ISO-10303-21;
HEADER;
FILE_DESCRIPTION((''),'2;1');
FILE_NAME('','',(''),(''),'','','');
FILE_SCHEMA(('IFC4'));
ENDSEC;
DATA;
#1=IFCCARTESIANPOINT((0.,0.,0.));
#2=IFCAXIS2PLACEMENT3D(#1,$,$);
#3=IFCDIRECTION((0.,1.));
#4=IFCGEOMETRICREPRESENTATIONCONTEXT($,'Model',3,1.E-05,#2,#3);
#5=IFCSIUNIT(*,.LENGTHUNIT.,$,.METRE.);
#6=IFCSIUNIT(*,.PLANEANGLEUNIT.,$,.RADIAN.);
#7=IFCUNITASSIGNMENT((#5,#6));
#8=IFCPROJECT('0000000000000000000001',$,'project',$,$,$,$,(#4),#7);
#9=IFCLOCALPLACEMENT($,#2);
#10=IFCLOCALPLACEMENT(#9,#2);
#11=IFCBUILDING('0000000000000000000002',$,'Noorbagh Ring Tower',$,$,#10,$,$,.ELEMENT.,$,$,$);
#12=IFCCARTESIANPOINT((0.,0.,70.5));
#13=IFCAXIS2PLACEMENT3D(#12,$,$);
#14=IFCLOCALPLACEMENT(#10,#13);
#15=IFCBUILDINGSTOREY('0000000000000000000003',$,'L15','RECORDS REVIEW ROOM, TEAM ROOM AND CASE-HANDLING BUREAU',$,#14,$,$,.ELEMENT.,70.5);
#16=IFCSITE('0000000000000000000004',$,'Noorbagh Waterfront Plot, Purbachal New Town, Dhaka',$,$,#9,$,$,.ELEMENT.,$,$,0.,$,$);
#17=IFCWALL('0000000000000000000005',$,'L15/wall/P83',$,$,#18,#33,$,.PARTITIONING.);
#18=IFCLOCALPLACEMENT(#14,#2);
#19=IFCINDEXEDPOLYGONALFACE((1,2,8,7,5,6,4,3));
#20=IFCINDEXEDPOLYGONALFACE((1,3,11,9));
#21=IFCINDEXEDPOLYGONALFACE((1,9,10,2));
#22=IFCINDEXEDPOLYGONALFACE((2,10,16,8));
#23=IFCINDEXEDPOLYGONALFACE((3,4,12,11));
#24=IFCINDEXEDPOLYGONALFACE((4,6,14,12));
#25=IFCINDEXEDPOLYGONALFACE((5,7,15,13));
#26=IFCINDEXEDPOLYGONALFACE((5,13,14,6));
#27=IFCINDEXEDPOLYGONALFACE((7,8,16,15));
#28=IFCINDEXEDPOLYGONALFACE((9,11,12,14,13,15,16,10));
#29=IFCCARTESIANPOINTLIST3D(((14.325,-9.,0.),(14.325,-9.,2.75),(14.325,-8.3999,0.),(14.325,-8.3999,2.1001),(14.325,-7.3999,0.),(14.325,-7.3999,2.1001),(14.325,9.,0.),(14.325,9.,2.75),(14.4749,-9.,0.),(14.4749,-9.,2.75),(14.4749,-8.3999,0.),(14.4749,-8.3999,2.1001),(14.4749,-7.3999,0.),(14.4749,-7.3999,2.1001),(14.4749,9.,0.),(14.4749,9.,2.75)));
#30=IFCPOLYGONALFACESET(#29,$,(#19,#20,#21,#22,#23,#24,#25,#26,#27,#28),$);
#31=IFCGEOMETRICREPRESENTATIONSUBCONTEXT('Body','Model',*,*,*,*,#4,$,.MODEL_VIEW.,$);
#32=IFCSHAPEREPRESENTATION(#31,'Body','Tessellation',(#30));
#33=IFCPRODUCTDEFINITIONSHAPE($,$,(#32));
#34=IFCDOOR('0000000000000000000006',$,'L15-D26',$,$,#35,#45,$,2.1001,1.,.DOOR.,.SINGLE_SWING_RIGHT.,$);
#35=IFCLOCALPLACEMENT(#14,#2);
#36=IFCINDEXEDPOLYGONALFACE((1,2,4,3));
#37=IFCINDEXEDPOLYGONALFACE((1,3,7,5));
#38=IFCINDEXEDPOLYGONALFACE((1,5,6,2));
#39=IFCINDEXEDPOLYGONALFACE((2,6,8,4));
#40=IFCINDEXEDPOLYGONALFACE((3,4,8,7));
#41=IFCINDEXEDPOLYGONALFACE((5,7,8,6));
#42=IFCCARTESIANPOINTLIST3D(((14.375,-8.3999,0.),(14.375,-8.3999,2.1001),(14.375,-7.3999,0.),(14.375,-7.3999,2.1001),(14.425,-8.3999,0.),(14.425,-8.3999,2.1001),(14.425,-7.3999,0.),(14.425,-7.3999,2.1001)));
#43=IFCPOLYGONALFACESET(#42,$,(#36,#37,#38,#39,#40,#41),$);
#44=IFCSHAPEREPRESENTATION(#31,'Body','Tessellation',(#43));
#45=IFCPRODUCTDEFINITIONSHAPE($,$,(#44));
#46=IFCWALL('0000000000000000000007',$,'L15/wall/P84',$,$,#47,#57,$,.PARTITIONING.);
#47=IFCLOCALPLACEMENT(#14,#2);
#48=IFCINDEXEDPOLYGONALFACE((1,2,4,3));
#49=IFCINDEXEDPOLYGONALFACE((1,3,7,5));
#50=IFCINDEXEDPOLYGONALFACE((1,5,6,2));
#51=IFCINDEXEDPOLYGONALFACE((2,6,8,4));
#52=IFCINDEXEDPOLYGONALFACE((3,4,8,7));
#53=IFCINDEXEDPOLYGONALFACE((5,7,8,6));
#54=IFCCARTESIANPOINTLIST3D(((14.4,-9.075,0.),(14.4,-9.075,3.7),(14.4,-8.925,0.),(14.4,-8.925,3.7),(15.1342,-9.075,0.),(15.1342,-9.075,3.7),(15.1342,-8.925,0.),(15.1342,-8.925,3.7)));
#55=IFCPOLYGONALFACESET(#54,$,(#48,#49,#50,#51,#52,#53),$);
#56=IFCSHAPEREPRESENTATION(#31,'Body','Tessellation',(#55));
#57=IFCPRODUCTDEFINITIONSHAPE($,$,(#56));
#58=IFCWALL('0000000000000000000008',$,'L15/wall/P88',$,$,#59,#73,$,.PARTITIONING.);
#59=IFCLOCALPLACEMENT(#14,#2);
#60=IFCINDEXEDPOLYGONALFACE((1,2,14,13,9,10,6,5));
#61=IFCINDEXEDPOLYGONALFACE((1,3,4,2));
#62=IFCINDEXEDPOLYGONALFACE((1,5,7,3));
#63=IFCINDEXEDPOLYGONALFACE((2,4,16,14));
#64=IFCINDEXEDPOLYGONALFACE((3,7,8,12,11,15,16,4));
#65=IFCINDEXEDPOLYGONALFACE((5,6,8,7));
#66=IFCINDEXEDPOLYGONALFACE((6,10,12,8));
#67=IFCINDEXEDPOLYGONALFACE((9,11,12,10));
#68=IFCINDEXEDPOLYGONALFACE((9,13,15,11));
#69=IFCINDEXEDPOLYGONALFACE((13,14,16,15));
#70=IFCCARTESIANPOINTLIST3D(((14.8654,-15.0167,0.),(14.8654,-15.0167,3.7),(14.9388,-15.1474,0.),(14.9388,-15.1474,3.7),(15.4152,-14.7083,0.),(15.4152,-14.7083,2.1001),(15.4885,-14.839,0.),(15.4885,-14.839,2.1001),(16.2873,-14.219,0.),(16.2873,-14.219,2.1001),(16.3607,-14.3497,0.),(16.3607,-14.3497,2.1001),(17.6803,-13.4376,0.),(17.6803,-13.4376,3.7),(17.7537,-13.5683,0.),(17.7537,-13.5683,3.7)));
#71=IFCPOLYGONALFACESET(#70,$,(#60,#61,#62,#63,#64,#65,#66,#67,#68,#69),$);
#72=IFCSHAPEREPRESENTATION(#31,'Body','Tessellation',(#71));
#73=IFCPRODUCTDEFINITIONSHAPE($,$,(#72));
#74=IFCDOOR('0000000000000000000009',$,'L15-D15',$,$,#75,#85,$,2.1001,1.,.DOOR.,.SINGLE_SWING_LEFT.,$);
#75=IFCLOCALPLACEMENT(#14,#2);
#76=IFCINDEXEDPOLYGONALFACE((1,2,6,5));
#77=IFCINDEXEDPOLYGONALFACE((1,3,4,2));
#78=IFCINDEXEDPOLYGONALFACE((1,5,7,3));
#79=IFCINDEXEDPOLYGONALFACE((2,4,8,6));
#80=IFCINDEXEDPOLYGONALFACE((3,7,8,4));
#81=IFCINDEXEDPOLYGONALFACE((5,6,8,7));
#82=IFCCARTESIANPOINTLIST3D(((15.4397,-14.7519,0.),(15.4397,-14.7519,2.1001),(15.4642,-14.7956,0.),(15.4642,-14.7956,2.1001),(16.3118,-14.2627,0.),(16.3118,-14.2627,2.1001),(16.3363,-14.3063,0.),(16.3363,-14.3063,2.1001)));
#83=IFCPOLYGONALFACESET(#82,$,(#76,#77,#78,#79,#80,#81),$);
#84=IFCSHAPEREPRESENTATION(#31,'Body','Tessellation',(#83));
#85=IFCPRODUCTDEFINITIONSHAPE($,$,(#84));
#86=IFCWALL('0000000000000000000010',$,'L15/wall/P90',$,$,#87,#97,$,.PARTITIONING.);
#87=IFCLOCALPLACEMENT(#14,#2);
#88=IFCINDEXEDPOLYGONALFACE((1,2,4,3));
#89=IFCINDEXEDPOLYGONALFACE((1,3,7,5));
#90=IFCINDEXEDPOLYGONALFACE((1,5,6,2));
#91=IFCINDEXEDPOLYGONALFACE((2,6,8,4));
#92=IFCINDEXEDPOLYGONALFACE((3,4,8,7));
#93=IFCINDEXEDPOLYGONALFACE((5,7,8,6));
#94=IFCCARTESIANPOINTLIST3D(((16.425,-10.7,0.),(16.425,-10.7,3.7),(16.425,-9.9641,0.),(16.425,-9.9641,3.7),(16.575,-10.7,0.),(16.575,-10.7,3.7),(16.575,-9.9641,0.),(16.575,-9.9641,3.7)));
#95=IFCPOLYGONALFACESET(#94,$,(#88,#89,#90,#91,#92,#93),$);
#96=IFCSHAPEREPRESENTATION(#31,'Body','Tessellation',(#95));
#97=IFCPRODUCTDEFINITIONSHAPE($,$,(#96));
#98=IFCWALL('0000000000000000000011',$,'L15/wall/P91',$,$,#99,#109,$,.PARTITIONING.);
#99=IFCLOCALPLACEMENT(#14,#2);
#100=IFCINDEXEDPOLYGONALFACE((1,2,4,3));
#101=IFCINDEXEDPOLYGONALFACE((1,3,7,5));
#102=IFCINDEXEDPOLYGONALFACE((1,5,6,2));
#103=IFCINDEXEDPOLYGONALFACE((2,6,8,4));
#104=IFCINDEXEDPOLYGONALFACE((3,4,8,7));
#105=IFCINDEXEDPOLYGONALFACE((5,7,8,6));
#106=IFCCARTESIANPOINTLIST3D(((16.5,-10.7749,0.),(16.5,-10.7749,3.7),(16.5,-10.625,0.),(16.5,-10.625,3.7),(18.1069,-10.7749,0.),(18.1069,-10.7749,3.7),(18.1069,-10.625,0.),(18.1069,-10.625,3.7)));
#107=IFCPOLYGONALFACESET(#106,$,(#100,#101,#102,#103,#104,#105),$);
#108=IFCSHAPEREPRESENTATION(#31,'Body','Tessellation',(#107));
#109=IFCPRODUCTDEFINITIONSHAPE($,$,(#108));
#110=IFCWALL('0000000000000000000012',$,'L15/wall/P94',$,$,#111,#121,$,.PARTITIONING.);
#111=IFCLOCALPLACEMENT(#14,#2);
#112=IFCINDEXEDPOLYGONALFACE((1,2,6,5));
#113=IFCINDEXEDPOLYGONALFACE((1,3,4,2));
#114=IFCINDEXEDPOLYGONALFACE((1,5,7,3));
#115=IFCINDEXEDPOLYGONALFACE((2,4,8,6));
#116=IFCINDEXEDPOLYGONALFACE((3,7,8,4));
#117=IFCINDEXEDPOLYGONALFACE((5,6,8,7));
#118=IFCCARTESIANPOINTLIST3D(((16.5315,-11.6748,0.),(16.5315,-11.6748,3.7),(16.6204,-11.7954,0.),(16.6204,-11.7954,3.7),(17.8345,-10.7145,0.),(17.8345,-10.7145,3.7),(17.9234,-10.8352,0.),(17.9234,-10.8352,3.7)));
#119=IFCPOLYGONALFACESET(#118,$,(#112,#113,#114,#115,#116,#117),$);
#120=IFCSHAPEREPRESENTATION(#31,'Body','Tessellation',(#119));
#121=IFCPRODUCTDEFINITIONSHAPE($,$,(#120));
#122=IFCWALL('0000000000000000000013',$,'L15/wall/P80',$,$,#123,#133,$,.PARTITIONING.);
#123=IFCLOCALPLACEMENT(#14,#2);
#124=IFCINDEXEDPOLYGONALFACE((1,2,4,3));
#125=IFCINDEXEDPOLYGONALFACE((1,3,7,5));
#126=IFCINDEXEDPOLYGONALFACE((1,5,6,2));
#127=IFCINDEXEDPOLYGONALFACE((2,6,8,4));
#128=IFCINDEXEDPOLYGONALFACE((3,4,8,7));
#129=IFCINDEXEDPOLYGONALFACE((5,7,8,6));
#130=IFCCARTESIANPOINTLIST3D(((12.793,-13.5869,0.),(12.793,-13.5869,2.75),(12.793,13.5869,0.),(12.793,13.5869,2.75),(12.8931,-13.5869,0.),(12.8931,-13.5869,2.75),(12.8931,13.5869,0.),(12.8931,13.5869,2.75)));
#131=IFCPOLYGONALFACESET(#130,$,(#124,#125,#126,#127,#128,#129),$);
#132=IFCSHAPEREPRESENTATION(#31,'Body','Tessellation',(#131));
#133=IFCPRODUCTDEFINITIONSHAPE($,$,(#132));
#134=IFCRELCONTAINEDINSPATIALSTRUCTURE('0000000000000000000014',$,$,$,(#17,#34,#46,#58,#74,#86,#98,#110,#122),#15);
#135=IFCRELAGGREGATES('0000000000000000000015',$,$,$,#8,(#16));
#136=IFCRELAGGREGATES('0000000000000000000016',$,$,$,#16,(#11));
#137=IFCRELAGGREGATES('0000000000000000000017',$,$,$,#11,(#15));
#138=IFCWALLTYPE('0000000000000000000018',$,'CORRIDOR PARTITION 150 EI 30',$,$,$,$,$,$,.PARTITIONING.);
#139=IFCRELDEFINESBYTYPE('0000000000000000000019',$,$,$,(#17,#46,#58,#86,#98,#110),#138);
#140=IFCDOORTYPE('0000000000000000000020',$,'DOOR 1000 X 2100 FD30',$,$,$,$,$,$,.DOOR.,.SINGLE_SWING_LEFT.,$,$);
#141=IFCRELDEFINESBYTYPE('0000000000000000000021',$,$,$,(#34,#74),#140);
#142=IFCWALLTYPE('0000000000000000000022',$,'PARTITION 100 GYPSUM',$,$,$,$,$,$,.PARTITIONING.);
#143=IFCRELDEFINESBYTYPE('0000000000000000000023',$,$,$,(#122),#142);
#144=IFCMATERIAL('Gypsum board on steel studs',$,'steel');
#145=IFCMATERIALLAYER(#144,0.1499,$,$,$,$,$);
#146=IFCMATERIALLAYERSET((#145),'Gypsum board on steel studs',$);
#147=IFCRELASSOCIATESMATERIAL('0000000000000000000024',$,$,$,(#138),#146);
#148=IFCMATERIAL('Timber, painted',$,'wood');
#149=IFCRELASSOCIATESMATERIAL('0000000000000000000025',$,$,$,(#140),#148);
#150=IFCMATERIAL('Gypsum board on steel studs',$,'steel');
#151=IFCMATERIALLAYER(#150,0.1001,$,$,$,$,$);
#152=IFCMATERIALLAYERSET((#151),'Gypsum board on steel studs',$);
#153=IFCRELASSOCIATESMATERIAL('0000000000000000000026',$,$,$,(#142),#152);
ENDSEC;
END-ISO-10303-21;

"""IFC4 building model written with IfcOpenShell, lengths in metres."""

from ifc_helpers import new_model, si_unit, direction, frame, frame_2d, origin, place, context, subcontext, project, spatial, rectangle, extrude, material, layer, layer_set, type_object, element, fill, save


model = new_model("IFC4")

# Units and contexts
model_context = context("Model", 3, precision=1e-05, world=origin(), true_north=direction((0.0, 1.0)))
body_context = subcontext(model_context, "Body", "Model", "MODEL_VIEW")
ifc_project = project(units=[si_unit("LENGTHUNIT", "METRE"), si_unit("PLANEANGLEUNIT", "RADIAN")], contexts=[model_context])

# Site, building, storey
site_placement = place(None, origin())
site = spatial("IfcSite", under=ifc_project, at=site_placement, Name="Noorbagh Waterfront Plot, Purbachal New Town, Dhaka", CompositionType="ELEMENT", RefElevation=0.0)
building_placement = place(site_placement, origin())
building = spatial("IfcBuilding", under=site, at=building_placement, Name="Noorbagh Ring Tower", CompositionType="ELEMENT")
storey_placement = place(building_placement, frame((0.0, 0.0, 70.5)))
storey = spatial("IfcBuildingStorey", under=building, at=storey_placement, Name="L15", Description="RECORDS REVIEW ROOM, TEAM ROOM AND CASE-HANDLING BUREAU", CompositionType="ELEMENT", Elevation=70.5)

# Shared definitions
ifc_material_1 = material(Name="Gypsum board on steel studs", Category="steel")
ifc_layer_1 = layer(ifc_material_1, 0.1499)
ifc_layer_set_1 = layer_set([ifc_layer_1], Name="Gypsum board on steel studs")
wall_type_1 = type_object("IfcWallType", Name="CORRIDOR PARTITION 150 EI 30", PredefinedType="PARTITIONING", material=ifc_layer_set_1)

# Wall, opening, door
wall_1_placement = place(storey_placement, frame((14.3999, -9.0, 0.0), z_axis=(0.0, 0.0, 1.0), x_axis=(0.0, 1.0, 0.0)))
wall_1 = element("IfcWall", 1, at=wall_1_placement, inside=storey, type_object=wall_type_1, Name="L15/wall/P83", PredefinedType="PARTITIONING", context=body_context, shape_type="SweptSolid", body=[
    extrude(rectangle(XDim=18.0, YDim=0.1499, at=frame_2d((9.0, 0.0))), origin(), (0.0, 0.0, 1.0), 2.75),
])
opening_1_placement = place(wall_1_placement, frame((0.6001, 0.0, 0.0)))
opening_1 = element("IfcOpeningElement", 2, at=opening_1_placement, cuts=wall_1, PredefinedType="OPENING", context=body_context, shape_type="SweptSolid", body=[
    extrude(rectangle(XDim=1.0, YDim=2.1001, at=frame_2d((0.5, 1.05))), frame((0.0, 0.085, 0.0), z_axis=(0.0, -1.0, 0.0), x_axis=(1.0, 0.0, 0.0)), (0.0, 0.0, 1.0), 0.1699),
])
ifc_material_2 = material(Name="Timber, painted", Category="wood")
door_type_1 = type_object("IfcDoorType", Name="DOOR 1000 X 2100 FD30", OperationType="SINGLE_SWING_LEFT", PredefinedType="DOOR", material=ifc_material_2)
door_1_placement = place(opening_1_placement, origin())
door_1 = element("IfcDoor", 3, at=door_1_placement, inside=storey, type_object=door_type_1, Name="L15-D26", OperationType="SINGLE_SWING_RIGHT", OverallHeight=2.1001, OverallWidth=1.0, PredefinedType="DOOR", context=body_context, shape_type="SweptSolid", body=[
    extrude(rectangle(XDim=1.0, YDim=2.1001, at=frame_2d((0.5, 1.05))), frame((0.0, 0.0249, 0.0), z_axis=(0.0, -1.0, 0.0), x_axis=(1.0, 0.0, 0.0)), (0.0, 0.0, 1.0), 0.05),
])
fill(opening_1, door_1)

# Wall
wall_2_placement = place(storey_placement, frame((14.3999, -9.0, 0.0), z_axis=(0.0, 0.0, 1.0), x_axis=(1.0, 0.0, 0.0)))
element("IfcWall", 4, at=wall_2_placement, inside=storey, type_object=wall_type_1, Name="L15/wall/P84", PredefinedType="PARTITIONING", context=body_context, shape_type="SweptSolid", body=[
    extrude(rectangle(XDim=0.7341, YDim=0.1499, at=frame_2d((0.3672, 0.0))), origin(), (0.0, 0.0, 1.0), 3.7),
])

# Wall, opening, door
wall_3_placement = place(storey_placement, frame((14.9021, -15.082, 0.0), z_axis=(0.0, 0.0, 1.0), x_axis=(0.872145, 0.489248, 0.0)))
wall_3 = element("IfcWall", 5, at=wall_3_placement, inside=storey, type_object=wall_type_1, Name="L15/wall/P88", PredefinedType="PARTITIONING", context=body_context, shape_type="SweptSolid", body=[
    extrude(rectangle(XDim=3.2275, YDim=0.1499, at=frame_2d((1.6138, 0.0))), origin(), (0.0, 0.0, 1.0), 3.7),
])
opening_2_placement = place(wall_3_placement, frame((0.6304, 0.0, 0.0)))
opening_2 = element("IfcOpeningElement", 6, at=opening_2_placement, cuts=wall_3, PredefinedType="OPENING", context=body_context, shape_type="SweptSolid", body=[
    extrude(rectangle(XDim=1.0, YDim=2.1001, at=frame_2d((0.5, 1.05))), frame((0.0, 0.085, 0.0), z_axis=(0.0, -1.0, 0.0), x_axis=(1.0, 0.0, 0.0)), (0.0, 0.0, 1.0), 0.1699),
])
door_2_placement = place(opening_2_placement, origin())
door_2 = element("IfcDoor", 7, at=door_2_placement, inside=storey, type_object=door_type_1, Name="L15-D15", OperationType="SINGLE_SWING_LEFT", OverallHeight=2.1001, OverallWidth=1.0, PredefinedType="DOOR", context=body_context, shape_type="SweptSolid", body=[
    extrude(rectangle(XDim=1.0, YDim=2.1001, at=frame_2d((0.5, 1.05))), frame((0.0, 0.0249, 0.0), z_axis=(0.0, -1.0, 0.0), x_axis=(1.0, 0.0, 0.0)), (0.0, 0.0, 1.0), 0.05),
])
fill(opening_2, door_2)

# Walls
wall_4_placement = place(storey_placement, frame((16.5, -10.7, 0.0), z_axis=(0.0, 0.0, 1.0), x_axis=(0.0, 1.0, 0.0)))
element("IfcWall", 8, at=wall_4_placement, inside=storey, type_object=wall_type_1, Name="L15/wall/P90", PredefinedType="PARTITIONING", context=body_context, shape_type="SweptSolid", body=[
    extrude(rectangle(XDim=0.7358, YDim=0.1499, at=frame_2d((0.3679, 0.0))), origin(), (0.0, 0.0, 1.0), 3.7),
])
wall_5_placement = place(storey_placement, frame((16.5, -10.7, 0.0), z_axis=(0.0, 0.0, 1.0), x_axis=(1.0, 0.0, 0.0)))
element("IfcWall", 9, at=wall_5_placement, inside=storey, type_object=wall_type_1, Name="L15/wall/P91", PredefinedType="PARTITIONING", context=body_context, shape_type="SweptSolid", body=[
    extrude(rectangle(XDim=1.6069, YDim=0.1499, at=frame_2d((0.8035, 0.0))), origin(), (0.0, 0.0, 1.0), 3.7),
])
wall_6_placement = place(storey_placement, frame((16.5759, -11.7351, 0.0), z_axis=(0.0, 0.0, 1.0), x_axis=(0.805022, 0.593245, 0.0)))
element("IfcWall", 10, at=wall_6_placement, inside=storey, type_object=wall_type_1, Name="L15/wall/P94", PredefinedType="PARTITIONING", context=body_context, shape_type="SweptSolid", body=[
    extrude(rectangle(XDim=1.6187, YDim=0.1499, at=frame_2d((0.8093, 0.0))), origin(), (0.0, 0.0, 1.0), 3.7),
])

# Wall
ifc_material_3 = material(Name="Gypsum board on steel studs", Category="steel")
ifc_layer_2 = layer(ifc_material_3, 0.1001)
ifc_layer_set_2 = layer_set([ifc_layer_2], Name="Gypsum board on steel studs")
wall_type_2 = type_object("IfcWallType", Name="PARTITION 100 GYPSUM", PredefinedType="PARTITIONING", material=ifc_layer_set_2)
wall_7_placement = place(storey_placement, frame((12.843, -13.5869, 0.0), z_axis=(0.0, 0.0, 1.0), x_axis=(0.0, 1.0, 0.0)))
element("IfcWall", 11, at=wall_7_placement, inside=storey, type_object=wall_type_2, Name="L15/wall/P80", PredefinedType="PARTITIONING", context=body_context, shape_type="SweptSolid", body=[
    extrude(rectangle(XDim=27.1738, YDim=0.1001, at=frame_2d((13.5869, 0.0))), origin(), (0.0, 0.0, 1.0), 2.75),
])

save(model, "model.ifc")
